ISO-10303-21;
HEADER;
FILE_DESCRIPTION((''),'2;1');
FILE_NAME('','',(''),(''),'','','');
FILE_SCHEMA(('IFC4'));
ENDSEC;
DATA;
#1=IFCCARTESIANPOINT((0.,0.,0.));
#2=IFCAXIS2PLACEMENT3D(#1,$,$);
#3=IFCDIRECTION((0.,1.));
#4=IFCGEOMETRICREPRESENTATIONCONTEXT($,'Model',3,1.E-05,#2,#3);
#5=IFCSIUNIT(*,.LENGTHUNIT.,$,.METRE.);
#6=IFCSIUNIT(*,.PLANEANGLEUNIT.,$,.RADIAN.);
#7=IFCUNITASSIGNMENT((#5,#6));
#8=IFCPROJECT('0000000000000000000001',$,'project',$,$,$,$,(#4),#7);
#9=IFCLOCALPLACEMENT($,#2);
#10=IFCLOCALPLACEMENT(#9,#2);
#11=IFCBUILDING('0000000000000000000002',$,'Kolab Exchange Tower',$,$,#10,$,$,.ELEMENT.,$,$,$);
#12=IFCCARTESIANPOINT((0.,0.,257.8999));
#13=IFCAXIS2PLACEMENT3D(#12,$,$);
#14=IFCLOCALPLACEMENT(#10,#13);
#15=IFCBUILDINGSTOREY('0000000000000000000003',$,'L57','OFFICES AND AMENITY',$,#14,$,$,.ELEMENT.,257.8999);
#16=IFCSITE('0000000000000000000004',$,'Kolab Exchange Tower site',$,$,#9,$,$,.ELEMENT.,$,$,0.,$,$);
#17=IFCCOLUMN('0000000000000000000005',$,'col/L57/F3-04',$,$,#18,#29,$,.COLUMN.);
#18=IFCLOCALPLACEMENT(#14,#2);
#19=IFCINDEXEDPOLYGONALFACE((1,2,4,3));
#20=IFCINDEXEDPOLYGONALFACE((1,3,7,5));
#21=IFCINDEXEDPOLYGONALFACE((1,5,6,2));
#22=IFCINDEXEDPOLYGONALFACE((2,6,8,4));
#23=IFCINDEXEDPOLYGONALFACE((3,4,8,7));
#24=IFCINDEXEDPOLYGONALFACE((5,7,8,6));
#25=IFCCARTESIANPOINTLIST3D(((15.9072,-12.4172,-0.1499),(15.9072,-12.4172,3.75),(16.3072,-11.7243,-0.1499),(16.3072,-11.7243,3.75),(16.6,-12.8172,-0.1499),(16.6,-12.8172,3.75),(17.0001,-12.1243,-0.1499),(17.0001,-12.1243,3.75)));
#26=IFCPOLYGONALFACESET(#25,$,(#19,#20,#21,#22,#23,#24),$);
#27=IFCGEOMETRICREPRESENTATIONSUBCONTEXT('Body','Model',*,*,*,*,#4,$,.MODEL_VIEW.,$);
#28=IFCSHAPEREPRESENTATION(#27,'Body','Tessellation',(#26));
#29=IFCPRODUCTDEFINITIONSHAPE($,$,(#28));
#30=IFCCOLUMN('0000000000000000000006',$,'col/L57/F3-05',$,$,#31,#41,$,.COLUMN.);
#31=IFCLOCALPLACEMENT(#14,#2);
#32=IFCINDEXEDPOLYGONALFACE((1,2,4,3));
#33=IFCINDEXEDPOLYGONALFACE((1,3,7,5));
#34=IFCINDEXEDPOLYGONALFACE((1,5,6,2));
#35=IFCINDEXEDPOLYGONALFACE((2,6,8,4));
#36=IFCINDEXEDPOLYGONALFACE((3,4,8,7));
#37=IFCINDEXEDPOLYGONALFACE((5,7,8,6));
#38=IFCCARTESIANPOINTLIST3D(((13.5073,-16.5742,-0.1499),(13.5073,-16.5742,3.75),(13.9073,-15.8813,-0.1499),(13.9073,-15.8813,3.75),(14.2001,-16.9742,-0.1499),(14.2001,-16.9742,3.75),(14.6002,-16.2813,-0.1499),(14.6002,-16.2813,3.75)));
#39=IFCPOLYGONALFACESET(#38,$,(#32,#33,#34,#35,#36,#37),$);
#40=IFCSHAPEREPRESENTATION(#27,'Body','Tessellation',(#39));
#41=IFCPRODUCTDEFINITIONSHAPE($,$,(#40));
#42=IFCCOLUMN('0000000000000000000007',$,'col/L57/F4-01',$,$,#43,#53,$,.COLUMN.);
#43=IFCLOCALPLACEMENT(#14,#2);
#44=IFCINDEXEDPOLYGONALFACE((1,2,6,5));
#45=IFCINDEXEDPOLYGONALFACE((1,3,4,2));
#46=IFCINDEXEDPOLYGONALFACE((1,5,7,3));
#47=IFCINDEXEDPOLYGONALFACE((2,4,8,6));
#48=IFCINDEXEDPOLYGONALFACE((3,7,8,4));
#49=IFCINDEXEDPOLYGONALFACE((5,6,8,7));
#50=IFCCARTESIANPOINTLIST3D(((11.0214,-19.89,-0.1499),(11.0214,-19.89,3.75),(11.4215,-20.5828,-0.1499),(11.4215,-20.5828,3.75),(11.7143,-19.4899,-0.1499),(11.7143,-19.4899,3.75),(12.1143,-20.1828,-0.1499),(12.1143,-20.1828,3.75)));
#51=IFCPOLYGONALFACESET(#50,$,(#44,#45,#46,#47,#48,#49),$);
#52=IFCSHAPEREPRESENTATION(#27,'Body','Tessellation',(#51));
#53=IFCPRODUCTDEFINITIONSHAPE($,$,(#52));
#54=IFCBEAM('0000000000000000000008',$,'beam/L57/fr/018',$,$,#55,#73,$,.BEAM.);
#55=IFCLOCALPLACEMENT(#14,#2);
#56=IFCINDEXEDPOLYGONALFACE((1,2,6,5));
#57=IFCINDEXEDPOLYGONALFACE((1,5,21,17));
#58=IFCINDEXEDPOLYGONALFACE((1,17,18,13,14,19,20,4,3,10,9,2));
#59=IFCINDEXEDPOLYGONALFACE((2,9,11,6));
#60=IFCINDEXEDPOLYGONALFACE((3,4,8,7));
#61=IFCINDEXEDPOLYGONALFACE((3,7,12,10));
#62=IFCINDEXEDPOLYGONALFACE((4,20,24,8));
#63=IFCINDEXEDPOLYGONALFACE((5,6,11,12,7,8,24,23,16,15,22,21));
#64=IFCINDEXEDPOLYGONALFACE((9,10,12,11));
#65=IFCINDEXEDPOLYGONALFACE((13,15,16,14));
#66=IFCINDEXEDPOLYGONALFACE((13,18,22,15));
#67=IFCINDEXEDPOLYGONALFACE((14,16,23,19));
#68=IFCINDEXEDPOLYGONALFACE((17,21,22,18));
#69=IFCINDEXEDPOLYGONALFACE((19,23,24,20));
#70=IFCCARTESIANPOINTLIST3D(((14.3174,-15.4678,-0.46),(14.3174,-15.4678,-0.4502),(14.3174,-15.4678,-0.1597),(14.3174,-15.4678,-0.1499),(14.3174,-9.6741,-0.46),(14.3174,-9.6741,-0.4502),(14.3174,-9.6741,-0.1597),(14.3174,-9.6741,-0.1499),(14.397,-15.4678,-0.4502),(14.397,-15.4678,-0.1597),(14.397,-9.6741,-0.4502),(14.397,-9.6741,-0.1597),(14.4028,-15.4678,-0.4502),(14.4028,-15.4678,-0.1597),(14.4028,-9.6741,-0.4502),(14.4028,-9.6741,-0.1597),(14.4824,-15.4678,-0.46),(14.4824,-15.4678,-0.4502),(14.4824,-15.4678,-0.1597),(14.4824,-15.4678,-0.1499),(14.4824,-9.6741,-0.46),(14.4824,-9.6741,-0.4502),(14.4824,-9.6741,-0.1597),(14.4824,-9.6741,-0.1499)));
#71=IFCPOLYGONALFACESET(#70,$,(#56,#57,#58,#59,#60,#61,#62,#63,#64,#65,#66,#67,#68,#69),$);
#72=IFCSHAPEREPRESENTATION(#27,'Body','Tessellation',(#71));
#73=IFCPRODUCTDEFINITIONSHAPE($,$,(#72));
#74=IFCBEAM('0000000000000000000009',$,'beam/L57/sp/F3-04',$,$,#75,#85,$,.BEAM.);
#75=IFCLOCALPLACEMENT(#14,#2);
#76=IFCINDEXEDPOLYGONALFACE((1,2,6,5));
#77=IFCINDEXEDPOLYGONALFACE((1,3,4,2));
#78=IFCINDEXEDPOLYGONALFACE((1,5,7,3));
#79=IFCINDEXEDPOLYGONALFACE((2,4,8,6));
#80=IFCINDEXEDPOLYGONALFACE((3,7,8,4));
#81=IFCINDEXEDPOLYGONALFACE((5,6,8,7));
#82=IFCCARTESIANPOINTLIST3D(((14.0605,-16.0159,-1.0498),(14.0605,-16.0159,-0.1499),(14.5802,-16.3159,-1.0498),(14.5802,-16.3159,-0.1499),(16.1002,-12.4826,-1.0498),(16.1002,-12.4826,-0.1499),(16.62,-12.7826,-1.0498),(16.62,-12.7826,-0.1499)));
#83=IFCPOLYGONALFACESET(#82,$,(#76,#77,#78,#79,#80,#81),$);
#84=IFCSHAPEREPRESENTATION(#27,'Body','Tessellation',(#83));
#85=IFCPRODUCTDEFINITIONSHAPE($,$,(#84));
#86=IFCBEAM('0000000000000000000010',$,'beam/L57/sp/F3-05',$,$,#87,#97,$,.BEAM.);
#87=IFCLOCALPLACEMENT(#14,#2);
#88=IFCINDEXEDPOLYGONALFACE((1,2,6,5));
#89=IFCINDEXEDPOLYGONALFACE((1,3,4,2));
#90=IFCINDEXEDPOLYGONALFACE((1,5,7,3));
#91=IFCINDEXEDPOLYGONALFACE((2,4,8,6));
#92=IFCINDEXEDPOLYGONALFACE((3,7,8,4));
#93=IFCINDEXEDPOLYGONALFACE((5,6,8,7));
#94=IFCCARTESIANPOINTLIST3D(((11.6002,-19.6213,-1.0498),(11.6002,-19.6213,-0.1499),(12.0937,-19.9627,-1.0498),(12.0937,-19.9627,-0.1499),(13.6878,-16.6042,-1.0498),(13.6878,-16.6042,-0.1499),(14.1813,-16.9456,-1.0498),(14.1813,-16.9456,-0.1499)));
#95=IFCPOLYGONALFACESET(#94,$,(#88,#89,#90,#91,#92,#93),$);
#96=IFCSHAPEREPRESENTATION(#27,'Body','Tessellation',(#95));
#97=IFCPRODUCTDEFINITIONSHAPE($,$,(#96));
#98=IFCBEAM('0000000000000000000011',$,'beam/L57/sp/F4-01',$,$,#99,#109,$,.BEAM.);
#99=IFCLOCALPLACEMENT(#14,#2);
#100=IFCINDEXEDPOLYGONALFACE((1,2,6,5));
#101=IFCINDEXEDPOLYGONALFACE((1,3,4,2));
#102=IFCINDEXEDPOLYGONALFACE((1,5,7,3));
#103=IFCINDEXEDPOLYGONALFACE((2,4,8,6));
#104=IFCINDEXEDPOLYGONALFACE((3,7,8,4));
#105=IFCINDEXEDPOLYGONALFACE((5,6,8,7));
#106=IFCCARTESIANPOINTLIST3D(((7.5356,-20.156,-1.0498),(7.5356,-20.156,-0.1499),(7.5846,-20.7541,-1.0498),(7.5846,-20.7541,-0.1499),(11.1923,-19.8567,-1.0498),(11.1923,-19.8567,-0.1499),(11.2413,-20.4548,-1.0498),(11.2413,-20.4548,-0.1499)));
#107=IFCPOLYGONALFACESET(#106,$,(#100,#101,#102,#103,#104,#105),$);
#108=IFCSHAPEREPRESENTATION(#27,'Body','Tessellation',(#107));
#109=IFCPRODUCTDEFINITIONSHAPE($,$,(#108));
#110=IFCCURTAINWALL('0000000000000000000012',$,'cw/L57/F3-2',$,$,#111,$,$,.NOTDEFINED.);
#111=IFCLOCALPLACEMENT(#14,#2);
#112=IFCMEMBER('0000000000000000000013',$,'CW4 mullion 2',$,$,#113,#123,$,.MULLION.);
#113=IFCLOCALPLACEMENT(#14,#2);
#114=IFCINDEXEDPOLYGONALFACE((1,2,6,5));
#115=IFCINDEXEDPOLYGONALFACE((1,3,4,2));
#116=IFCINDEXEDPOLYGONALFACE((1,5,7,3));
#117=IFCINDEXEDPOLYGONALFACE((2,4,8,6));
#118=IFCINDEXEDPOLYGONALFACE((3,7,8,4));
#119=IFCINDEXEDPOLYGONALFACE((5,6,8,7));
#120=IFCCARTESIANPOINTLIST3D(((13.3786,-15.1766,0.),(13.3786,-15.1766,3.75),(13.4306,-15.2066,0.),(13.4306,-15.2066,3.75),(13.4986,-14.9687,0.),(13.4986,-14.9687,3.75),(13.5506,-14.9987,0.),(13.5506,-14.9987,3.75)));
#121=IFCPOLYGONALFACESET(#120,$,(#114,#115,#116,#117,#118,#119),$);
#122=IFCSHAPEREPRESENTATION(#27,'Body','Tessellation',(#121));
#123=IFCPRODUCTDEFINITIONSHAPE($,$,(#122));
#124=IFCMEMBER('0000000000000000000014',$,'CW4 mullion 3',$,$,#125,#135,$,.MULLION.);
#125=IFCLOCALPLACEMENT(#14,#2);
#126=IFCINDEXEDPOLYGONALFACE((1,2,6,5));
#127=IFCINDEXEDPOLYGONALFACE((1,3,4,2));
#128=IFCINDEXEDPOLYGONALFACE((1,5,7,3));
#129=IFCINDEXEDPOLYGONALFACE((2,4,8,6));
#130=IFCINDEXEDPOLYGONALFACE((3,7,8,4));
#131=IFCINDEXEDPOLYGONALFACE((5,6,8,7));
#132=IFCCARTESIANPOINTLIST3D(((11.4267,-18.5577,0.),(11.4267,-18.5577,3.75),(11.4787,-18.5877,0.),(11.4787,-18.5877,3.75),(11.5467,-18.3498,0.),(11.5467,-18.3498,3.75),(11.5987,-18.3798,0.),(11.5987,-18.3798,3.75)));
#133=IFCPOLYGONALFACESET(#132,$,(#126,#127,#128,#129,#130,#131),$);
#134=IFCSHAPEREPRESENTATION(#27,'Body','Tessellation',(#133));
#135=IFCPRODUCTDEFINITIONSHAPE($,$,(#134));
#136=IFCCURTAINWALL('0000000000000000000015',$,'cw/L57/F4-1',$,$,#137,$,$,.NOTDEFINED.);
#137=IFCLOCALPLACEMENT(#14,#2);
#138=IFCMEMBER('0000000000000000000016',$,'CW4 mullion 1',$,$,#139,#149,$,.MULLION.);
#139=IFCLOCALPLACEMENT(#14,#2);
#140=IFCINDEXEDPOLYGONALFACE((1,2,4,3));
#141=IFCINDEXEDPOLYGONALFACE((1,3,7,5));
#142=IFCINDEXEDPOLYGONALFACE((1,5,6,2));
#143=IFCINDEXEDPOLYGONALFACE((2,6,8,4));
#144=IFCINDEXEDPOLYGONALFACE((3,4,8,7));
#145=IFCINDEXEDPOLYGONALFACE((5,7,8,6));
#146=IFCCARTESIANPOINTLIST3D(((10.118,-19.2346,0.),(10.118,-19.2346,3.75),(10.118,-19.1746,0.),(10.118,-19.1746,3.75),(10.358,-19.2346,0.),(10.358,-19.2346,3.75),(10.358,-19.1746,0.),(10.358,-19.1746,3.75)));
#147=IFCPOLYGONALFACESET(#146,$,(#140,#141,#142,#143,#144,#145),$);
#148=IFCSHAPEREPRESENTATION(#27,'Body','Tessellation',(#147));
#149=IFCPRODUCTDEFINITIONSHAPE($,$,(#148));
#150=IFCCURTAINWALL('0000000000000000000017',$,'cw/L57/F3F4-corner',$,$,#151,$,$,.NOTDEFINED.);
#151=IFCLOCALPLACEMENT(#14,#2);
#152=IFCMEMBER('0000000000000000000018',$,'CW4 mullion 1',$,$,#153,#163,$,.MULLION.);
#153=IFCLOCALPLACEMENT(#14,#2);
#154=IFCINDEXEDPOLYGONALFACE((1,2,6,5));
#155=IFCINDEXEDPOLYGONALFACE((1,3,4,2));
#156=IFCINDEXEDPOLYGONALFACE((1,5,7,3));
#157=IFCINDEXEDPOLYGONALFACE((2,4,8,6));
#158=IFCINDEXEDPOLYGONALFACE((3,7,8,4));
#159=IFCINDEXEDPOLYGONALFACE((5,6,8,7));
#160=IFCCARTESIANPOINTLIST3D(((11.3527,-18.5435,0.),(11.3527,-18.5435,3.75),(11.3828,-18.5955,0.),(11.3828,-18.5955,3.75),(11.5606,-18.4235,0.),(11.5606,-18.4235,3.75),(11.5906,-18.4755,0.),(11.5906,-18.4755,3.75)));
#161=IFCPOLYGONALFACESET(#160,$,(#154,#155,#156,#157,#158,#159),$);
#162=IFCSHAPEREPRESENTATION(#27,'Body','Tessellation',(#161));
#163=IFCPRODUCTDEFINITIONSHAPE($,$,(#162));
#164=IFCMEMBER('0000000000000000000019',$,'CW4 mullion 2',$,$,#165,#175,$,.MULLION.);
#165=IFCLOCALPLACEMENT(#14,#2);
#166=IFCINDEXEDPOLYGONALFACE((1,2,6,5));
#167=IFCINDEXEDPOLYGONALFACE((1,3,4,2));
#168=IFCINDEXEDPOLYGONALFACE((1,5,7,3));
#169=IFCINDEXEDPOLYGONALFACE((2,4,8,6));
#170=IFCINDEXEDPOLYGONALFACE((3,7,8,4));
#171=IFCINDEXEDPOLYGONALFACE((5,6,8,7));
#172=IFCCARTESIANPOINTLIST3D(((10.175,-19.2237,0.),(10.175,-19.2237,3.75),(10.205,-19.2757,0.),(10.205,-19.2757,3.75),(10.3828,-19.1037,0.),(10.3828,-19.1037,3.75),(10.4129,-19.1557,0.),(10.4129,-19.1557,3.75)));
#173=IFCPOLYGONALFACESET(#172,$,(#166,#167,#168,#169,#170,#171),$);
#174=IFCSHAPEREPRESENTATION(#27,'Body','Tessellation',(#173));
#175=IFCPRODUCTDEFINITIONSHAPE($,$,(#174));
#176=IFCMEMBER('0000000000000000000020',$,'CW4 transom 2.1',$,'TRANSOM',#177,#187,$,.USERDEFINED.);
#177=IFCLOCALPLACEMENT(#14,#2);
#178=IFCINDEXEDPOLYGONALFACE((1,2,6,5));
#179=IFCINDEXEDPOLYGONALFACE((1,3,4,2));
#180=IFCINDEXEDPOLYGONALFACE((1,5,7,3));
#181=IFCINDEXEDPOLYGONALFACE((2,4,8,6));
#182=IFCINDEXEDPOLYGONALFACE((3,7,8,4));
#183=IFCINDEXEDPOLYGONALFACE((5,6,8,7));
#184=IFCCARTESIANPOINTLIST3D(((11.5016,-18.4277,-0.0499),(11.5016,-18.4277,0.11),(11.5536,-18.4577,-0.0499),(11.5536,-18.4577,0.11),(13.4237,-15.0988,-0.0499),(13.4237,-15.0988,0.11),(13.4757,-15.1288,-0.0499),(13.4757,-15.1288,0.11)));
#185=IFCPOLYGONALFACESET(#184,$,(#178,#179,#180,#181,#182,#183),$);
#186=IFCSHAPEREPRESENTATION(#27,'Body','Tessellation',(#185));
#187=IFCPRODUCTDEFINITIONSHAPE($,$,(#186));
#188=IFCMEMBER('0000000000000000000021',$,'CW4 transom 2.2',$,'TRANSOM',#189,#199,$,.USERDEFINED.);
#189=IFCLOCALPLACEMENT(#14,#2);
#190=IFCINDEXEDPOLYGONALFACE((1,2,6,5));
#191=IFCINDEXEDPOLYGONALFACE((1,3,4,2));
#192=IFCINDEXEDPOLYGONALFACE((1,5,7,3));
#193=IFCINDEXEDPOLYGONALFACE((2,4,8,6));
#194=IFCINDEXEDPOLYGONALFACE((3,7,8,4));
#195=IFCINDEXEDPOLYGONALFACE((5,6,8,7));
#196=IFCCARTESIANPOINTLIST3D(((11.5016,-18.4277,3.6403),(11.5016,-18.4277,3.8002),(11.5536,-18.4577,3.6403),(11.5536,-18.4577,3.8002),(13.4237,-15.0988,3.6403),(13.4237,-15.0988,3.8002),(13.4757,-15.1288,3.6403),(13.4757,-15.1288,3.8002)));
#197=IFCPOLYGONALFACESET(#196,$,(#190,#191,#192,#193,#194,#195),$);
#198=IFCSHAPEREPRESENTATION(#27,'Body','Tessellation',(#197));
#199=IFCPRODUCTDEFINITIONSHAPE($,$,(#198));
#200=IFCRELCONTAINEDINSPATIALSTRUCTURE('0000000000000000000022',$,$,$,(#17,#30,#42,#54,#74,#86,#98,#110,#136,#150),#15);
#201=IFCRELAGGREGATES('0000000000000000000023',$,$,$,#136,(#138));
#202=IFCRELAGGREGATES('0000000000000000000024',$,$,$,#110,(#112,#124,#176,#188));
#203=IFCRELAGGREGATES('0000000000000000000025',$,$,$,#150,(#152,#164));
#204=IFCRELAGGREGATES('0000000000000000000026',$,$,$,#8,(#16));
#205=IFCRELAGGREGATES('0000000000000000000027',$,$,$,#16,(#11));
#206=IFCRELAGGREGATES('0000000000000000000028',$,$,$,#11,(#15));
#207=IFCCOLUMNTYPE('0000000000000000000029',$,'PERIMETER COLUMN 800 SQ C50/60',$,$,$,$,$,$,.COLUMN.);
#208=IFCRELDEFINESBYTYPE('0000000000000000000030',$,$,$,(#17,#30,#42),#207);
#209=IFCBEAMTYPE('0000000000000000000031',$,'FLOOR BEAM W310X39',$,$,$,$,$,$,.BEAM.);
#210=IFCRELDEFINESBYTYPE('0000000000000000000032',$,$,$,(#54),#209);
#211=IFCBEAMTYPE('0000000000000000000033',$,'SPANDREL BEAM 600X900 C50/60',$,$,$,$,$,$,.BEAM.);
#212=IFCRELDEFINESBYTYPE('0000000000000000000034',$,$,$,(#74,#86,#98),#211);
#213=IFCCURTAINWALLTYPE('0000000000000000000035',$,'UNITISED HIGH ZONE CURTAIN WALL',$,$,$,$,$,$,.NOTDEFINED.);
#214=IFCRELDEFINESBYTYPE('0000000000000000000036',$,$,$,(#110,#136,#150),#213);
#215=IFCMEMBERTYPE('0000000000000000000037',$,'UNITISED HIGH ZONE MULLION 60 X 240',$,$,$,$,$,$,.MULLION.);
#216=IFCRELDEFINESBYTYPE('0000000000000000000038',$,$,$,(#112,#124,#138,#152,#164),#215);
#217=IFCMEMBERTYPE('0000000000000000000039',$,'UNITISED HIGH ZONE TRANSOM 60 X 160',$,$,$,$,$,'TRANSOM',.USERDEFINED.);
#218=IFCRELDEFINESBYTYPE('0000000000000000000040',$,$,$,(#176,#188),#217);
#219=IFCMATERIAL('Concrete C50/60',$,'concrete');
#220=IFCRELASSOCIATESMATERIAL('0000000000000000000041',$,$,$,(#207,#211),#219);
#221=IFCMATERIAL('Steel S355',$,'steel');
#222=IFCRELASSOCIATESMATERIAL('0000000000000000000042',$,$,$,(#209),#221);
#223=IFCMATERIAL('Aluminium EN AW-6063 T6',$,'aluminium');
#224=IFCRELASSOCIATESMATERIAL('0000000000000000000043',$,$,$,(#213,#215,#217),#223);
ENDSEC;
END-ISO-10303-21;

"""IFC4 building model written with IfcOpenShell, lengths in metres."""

from ifc_helpers import new_model, si_unit, direction, frame, origin, origin_2d, place, context, subcontext, project, spatial, rectangle, i_section, extrude, material, material_profile, profile_set, type_object, element, aggregate, save


model = new_model("IFC4")

# Units and contexts
model_context = context("Model", 3, precision=1e-05, world=origin(), true_north=direction((0.0, 1.0)))
body_context = subcontext(model_context, "Body", "Model", "MODEL_VIEW")
ifc_project = project(units=[si_unit("LENGTHUNIT", "METRE"), si_unit("PLANEANGLEUNIT", "RADIAN")], contexts=[model_context])

# Site, building, storey
site_placement = place(None, origin())
site = spatial("IfcSite", under=ifc_project, at=site_placement, Name="Kolab Exchange Tower site", CompositionType="ELEMENT", RefElevation=0.0)
building_placement = place(site_placement, origin())
building = spatial("IfcBuilding", under=site, at=building_placement, Name="Kolab Exchange Tower", CompositionType="ELEMENT")
storey_placement = place(building_placement, frame((0.0, 0.0, 257.8999)))
storey = spatial("IfcBuildingStorey", under=building, at=storey_placement, Name="L57", Description="OFFICES AND AMENITY", CompositionType="ELEMENT", Elevation=257.8999)

# Columns
ifc_material_1 = material(Name="Concrete C50/60", Category="concrete")
ifc_material_profile_1 = material_profile(ifc_material_1, rectangle(XDim=0.8, YDim=0.8, at=origin_2d()), Name="RC800")
ifc_profile_set_1 = profile_set([ifc_material_profile_1], Name="Concrete C50/60")
column_type = type_object("IfcColumnType", Name="PERIMETER COLUMN 800 SQ C50/60", PredefinedType="COLUMN", material=ifc_profile_set_1)
for number, where, z_axis, x_axis, name in (
    (1, (16.4536, -12.2708, -0.1499), (0.0, 0.0, 1.0), (0.5, 0.866025, 0.0), "col/L57/F3-04"),
    (2, (14.0537, -16.4277, -0.1499), (0.0, 0.0, 1.0), (0.5, 0.866025, 0.0), "col/L57/F3-05"),
    (3, (11.5679, -20.0364, -0.1499), (0.0, 0.0, 1.0), (0.866025, 0.5, 0.0), "col/L57/F4-01"),
):
    element("IfcColumn", number, at=place(storey_placement, frame(where, z_axis=z_axis, x_axis=x_axis)), inside=storey, type_object=column_type, Name=name, PredefinedType="COLUMN", context=body_context, shape_type="SweptSolid", body=[
        extrude(rectangle(XDim=0.8, YDim=0.8, at=origin_2d()), origin(), (0.0, 0.0, 1.0), 3.8999),
    ])

# Beams
ifc_material_2 = material(Name="Steel S355", Category="steel")
ifc_material_profile_2 = material_profile(ifc_material_2, i_section(OverallWidth=0.165, OverallDepth=0.3101, WebThickness=0.0059, FlangeThickness=0.0098, at=origin_2d()), Name="W310X39")
ifc_profile_set_2 = profile_set([ifc_material_profile_2], Name="Steel S355")
beam_type_1 = type_object("IfcBeamType", Name="FLOOR BEAM W310X39", PredefinedType="BEAM", material=ifc_profile_set_2)
beam_1_placement = place(storey_placement, frame((14.3999, -15.4678, -0.3049), z_axis=(0.0, 1.0, 0.0), x_axis=(-1.0, 0.0, 0.0)))
element("IfcBeam", 4, at=beam_1_placement, inside=storey, type_object=beam_type_1, Name="beam/L57/fr/018", PredefinedType="BEAM", context=body_context, shape_type="SweptSolid", body=[
    extrude(i_section(OverallWidth=0.165, OverallDepth=0.3101, WebThickness=0.0059, FlangeThickness=0.0098, at=origin_2d()), origin(), (0.0, 0.0, 1.0), 5.7937),
])
ifc_material_profile_3 = material_profile(ifc_material_1, rectangle(XDim=0.6001, YDim=0.8999, at=origin_2d()), Name="RC600X900")
ifc_profile_set_3 = profile_set([ifc_material_profile_3], Name="Concrete C50/60")
beam_type_2 = type_object("IfcBeamType", Name="SPANDREL BEAM 600X900 C50/60", PredefinedType="BEAM", material=ifc_profile_set_3)
beam_2_placement = place(storey_placement, frame((16.3601, -12.6326, -0.5999), z_axis=(-0.499956, -0.866051, 0.0), x_axis=(0.866051, -0.499956, 0.0)))
element("IfcBeam", 5, at=beam_2_placement, inside=storey, type_object=beam_type_2, Name="beam/L57/sp/F3-04", PredefinedType="BEAM", context=body_context, shape_type="SweptSolid", body=[
    extrude(rectangle(XDim=0.6001, YDim=0.8999, at=origin_2d()), origin(), (0.0, 0.0, 1.0), 4.0798),
])
for number, where, z_axis, x_axis, name in (
    (6, (13.9346, -16.7749, -0.5999), (-0.569006, -0.822334, 0.0), (0.822334, -0.569006, 0.0), "beam/L57/sp/F3-05"),
    (7, (11.2168, -20.1558, -0.5999), (-0.996667, -0.081581, 0.0), (0.081581, -0.996667, 0.0), "beam/L57/sp/F4-01"),
):
    element("IfcBeam", number, at=place(storey_placement, frame(where, z_axis=z_axis, x_axis=x_axis)), inside=storey, type_object=beam_type_2, Name=name, PredefinedType="BEAM", context=body_context, shape_type="SweptSolid", body=[
        extrude(rectangle(XDim=0.6001, YDim=0.8999, at=origin_2d()), origin(), (0.0, 0.0, 1.0), 3.6689),
    ])

# Curtain wall, members
ifc_material_3 = material(Name="Aluminium EN AW-6063 T6", Category="aluminium")
curtain_wall_type = type_object("IfcCurtainWallType", Name="UNITISED HIGH ZONE CURTAIN WALL", PredefinedType="NOTDEFINED", material=ifc_material_3)
curtain_wall_1_placement = place(storey_placement, origin())
curtain_wall_1 = element("IfcCurtainWall", 8, at=curtain_wall_1_placement, inside=storey, type_object=curtain_wall_type, Name="cw/L57/F3-2", PredefinedType="NOTDEFINED")
ifc_material_profile_4 = material_profile(ifc_material_3, rectangle(XDim=0.0601, YDim=0.24, at=origin_2d()), Name="RECT 60X240")
ifc_profile_set_4 = profile_set([ifc_material_profile_4], Name="Aluminium EN AW-6063 T6")
member_type_1 = type_object("IfcMemberType", Name="UNITISED HIGH ZONE MULLION 60 X 240", PredefinedType="MULLION", material=ifc_profile_set_4)
member_1_placement = place(storey_placement, frame((13.4646, -15.0876, 0.0), z_axis=(0.0, 0.0, 1.0), x_axis=(0.866025, -0.5, 0.0)))
member_1 = element("IfcMember", 9, at=member_1_placement, type_object=member_type_1, Name="CW4 mullion 2", PredefinedType="MULLION", context=body_context, shape_type="SweptSolid", body=[
    extrude(rectangle(XDim=0.0601, YDim=0.24, at=origin_2d()), origin(), (0.0, 0.0, 1.0), 3.75),
])
member_2_placement = place(storey_placement, frame((11.5127, -18.4688, 0.0), z_axis=(0.0, 0.0, 1.0), x_axis=(0.866025, -0.5, 0.0)))
member_2 = element("IfcMember", 10, at=member_2_placement, type_object=member_type_1, Name="CW4 mullion 3", PredefinedType="MULLION", context=body_context, shape_type="SweptSolid", body=[
    extrude(rectangle(XDim=0.0601, YDim=0.24, at=origin_2d()), origin(), (0.0, 0.0, 1.0), 3.75),
])

# Curtain wall, member
curtain_wall_2_placement = place(storey_placement, origin())
curtain_wall_2 = element("IfcCurtainWall", 11, at=curtain_wall_2_placement, inside=storey, type_object=curtain_wall_type, Name="cw/L57/F4-1", PredefinedType="NOTDEFINED")
member_3_placement = place(storey_placement, frame((10.238, -19.2046, 0.0), z_axis=(0.0, 0.0, 1.0), x_axis=(0.0, -1.0, 0.0)))
member_3 = element("IfcMember", 12, at=member_3_placement, type_object=member_type_1, Name="CW4 mullion 1", PredefinedType="MULLION", context=body_context, shape_type="SweptSolid", body=[
    extrude(rectangle(XDim=0.0601, YDim=0.24, at=origin_2d()), origin(), (0.0, 0.0, 1.0), 3.75),
])

# Curtain wall, members
curtain_wall_3_placement = place(storey_placement, origin())
curtain_wall_3 = element("IfcCurtainWall", 13, at=curtain_wall_3_placement, inside=storey, type_object=curtain_wall_type, Name="cw/L57/F3F4-corner", PredefinedType="NOTDEFINED")
member_4_placement = place(storey_placement, frame((11.4717, -18.5095, 0.0), z_axis=(0.0, 0.0, 1.0), x_axis=(0.5, -0.866025, 0.0)))
member_4 = element("IfcMember", 14, at=member_4_placement, type_object=member_type_1, Name="CW4 mullion 1", PredefinedType="MULLION", context=body_context, shape_type="SweptSolid", body=[
    extrude(rectangle(XDim=0.0601, YDim=0.24, at=origin_2d()), origin(), (0.0, 0.0, 1.0), 3.75),
])
member_5_placement = place(storey_placement, frame((10.2939, -19.1897, 0.0), z_axis=(0.0, 0.0, 1.0), x_axis=(0.5, -0.866025, 0.0)))
member_5 = element("IfcMember", 15, at=member_5_placement, type_object=member_type_1, Name="CW4 mullion 2", PredefinedType="MULLION", context=body_context, shape_type="SweptSolid", body=[
    extrude(rectangle(XDim=0.0601, YDim=0.24, at=origin_2d()), origin(), (0.0, 0.0, 1.0), 3.75),
])

# Members
ifc_material_profile_5 = material_profile(ifc_material_3, rectangle(XDim=0.0601, YDim=0.1599, at=origin_2d()), Name="RECT 60X160")
ifc_profile_set_5 = profile_set([ifc_material_profile_5], Name="Aluminium EN AW-6063 T6")
member_type_2 = type_object("IfcMemberType", Name="UNITISED HIGH ZONE TRANSOM 60 X 160", ElementType="TRANSOM", PredefinedType="USERDEFINED", material=ifc_profile_set_5)
member_6_placement = place(storey_placement, frame((13.4497, -15.1138, 0.03), z_axis=(-0.500039, -0.866003, 0.0), x_axis=(0.866003, -0.500039, 0.0)))
member_6 = element("IfcMember", 16, at=member_6_placement, type_object=member_type_2, Name="CW4 transom 2.1", ObjectType="TRANSOM", PredefinedType="USERDEFINED", context=body_context, shape_type="SweptSolid", body=[
    extrude(rectangle(XDim=0.0601, YDim=0.1599, at=origin_2d()), origin(), (0.0, 0.0, 1.0), 3.844),
])
member_7_placement = place(storey_placement, frame((13.4497, -15.1138, 3.7202), z_axis=(-0.500039, -0.866003, 0.0), x_axis=(0.866003, -0.500039, 0.0)))
member_7 = element("IfcMember", 17, at=member_7_placement, type_object=member_type_2, Name="CW4 transom 2.2", ObjectType="TRANSOM", PredefinedType="USERDEFINED", context=body_context, shape_type="SweptSolid", body=[
    extrude(rectangle(XDim=0.0601, YDim=0.1599, at=origin_2d()), origin(), (0.0, 0.0, 1.0), 3.844),
])
aggregate(curtain_wall_2, [member_3])

aggregate(curtain_wall_1, [member_1, member_2, member_6, member_7])
aggregate(curtain_wall_3, [member_4, member_5])

save(model, "model.ifc")
